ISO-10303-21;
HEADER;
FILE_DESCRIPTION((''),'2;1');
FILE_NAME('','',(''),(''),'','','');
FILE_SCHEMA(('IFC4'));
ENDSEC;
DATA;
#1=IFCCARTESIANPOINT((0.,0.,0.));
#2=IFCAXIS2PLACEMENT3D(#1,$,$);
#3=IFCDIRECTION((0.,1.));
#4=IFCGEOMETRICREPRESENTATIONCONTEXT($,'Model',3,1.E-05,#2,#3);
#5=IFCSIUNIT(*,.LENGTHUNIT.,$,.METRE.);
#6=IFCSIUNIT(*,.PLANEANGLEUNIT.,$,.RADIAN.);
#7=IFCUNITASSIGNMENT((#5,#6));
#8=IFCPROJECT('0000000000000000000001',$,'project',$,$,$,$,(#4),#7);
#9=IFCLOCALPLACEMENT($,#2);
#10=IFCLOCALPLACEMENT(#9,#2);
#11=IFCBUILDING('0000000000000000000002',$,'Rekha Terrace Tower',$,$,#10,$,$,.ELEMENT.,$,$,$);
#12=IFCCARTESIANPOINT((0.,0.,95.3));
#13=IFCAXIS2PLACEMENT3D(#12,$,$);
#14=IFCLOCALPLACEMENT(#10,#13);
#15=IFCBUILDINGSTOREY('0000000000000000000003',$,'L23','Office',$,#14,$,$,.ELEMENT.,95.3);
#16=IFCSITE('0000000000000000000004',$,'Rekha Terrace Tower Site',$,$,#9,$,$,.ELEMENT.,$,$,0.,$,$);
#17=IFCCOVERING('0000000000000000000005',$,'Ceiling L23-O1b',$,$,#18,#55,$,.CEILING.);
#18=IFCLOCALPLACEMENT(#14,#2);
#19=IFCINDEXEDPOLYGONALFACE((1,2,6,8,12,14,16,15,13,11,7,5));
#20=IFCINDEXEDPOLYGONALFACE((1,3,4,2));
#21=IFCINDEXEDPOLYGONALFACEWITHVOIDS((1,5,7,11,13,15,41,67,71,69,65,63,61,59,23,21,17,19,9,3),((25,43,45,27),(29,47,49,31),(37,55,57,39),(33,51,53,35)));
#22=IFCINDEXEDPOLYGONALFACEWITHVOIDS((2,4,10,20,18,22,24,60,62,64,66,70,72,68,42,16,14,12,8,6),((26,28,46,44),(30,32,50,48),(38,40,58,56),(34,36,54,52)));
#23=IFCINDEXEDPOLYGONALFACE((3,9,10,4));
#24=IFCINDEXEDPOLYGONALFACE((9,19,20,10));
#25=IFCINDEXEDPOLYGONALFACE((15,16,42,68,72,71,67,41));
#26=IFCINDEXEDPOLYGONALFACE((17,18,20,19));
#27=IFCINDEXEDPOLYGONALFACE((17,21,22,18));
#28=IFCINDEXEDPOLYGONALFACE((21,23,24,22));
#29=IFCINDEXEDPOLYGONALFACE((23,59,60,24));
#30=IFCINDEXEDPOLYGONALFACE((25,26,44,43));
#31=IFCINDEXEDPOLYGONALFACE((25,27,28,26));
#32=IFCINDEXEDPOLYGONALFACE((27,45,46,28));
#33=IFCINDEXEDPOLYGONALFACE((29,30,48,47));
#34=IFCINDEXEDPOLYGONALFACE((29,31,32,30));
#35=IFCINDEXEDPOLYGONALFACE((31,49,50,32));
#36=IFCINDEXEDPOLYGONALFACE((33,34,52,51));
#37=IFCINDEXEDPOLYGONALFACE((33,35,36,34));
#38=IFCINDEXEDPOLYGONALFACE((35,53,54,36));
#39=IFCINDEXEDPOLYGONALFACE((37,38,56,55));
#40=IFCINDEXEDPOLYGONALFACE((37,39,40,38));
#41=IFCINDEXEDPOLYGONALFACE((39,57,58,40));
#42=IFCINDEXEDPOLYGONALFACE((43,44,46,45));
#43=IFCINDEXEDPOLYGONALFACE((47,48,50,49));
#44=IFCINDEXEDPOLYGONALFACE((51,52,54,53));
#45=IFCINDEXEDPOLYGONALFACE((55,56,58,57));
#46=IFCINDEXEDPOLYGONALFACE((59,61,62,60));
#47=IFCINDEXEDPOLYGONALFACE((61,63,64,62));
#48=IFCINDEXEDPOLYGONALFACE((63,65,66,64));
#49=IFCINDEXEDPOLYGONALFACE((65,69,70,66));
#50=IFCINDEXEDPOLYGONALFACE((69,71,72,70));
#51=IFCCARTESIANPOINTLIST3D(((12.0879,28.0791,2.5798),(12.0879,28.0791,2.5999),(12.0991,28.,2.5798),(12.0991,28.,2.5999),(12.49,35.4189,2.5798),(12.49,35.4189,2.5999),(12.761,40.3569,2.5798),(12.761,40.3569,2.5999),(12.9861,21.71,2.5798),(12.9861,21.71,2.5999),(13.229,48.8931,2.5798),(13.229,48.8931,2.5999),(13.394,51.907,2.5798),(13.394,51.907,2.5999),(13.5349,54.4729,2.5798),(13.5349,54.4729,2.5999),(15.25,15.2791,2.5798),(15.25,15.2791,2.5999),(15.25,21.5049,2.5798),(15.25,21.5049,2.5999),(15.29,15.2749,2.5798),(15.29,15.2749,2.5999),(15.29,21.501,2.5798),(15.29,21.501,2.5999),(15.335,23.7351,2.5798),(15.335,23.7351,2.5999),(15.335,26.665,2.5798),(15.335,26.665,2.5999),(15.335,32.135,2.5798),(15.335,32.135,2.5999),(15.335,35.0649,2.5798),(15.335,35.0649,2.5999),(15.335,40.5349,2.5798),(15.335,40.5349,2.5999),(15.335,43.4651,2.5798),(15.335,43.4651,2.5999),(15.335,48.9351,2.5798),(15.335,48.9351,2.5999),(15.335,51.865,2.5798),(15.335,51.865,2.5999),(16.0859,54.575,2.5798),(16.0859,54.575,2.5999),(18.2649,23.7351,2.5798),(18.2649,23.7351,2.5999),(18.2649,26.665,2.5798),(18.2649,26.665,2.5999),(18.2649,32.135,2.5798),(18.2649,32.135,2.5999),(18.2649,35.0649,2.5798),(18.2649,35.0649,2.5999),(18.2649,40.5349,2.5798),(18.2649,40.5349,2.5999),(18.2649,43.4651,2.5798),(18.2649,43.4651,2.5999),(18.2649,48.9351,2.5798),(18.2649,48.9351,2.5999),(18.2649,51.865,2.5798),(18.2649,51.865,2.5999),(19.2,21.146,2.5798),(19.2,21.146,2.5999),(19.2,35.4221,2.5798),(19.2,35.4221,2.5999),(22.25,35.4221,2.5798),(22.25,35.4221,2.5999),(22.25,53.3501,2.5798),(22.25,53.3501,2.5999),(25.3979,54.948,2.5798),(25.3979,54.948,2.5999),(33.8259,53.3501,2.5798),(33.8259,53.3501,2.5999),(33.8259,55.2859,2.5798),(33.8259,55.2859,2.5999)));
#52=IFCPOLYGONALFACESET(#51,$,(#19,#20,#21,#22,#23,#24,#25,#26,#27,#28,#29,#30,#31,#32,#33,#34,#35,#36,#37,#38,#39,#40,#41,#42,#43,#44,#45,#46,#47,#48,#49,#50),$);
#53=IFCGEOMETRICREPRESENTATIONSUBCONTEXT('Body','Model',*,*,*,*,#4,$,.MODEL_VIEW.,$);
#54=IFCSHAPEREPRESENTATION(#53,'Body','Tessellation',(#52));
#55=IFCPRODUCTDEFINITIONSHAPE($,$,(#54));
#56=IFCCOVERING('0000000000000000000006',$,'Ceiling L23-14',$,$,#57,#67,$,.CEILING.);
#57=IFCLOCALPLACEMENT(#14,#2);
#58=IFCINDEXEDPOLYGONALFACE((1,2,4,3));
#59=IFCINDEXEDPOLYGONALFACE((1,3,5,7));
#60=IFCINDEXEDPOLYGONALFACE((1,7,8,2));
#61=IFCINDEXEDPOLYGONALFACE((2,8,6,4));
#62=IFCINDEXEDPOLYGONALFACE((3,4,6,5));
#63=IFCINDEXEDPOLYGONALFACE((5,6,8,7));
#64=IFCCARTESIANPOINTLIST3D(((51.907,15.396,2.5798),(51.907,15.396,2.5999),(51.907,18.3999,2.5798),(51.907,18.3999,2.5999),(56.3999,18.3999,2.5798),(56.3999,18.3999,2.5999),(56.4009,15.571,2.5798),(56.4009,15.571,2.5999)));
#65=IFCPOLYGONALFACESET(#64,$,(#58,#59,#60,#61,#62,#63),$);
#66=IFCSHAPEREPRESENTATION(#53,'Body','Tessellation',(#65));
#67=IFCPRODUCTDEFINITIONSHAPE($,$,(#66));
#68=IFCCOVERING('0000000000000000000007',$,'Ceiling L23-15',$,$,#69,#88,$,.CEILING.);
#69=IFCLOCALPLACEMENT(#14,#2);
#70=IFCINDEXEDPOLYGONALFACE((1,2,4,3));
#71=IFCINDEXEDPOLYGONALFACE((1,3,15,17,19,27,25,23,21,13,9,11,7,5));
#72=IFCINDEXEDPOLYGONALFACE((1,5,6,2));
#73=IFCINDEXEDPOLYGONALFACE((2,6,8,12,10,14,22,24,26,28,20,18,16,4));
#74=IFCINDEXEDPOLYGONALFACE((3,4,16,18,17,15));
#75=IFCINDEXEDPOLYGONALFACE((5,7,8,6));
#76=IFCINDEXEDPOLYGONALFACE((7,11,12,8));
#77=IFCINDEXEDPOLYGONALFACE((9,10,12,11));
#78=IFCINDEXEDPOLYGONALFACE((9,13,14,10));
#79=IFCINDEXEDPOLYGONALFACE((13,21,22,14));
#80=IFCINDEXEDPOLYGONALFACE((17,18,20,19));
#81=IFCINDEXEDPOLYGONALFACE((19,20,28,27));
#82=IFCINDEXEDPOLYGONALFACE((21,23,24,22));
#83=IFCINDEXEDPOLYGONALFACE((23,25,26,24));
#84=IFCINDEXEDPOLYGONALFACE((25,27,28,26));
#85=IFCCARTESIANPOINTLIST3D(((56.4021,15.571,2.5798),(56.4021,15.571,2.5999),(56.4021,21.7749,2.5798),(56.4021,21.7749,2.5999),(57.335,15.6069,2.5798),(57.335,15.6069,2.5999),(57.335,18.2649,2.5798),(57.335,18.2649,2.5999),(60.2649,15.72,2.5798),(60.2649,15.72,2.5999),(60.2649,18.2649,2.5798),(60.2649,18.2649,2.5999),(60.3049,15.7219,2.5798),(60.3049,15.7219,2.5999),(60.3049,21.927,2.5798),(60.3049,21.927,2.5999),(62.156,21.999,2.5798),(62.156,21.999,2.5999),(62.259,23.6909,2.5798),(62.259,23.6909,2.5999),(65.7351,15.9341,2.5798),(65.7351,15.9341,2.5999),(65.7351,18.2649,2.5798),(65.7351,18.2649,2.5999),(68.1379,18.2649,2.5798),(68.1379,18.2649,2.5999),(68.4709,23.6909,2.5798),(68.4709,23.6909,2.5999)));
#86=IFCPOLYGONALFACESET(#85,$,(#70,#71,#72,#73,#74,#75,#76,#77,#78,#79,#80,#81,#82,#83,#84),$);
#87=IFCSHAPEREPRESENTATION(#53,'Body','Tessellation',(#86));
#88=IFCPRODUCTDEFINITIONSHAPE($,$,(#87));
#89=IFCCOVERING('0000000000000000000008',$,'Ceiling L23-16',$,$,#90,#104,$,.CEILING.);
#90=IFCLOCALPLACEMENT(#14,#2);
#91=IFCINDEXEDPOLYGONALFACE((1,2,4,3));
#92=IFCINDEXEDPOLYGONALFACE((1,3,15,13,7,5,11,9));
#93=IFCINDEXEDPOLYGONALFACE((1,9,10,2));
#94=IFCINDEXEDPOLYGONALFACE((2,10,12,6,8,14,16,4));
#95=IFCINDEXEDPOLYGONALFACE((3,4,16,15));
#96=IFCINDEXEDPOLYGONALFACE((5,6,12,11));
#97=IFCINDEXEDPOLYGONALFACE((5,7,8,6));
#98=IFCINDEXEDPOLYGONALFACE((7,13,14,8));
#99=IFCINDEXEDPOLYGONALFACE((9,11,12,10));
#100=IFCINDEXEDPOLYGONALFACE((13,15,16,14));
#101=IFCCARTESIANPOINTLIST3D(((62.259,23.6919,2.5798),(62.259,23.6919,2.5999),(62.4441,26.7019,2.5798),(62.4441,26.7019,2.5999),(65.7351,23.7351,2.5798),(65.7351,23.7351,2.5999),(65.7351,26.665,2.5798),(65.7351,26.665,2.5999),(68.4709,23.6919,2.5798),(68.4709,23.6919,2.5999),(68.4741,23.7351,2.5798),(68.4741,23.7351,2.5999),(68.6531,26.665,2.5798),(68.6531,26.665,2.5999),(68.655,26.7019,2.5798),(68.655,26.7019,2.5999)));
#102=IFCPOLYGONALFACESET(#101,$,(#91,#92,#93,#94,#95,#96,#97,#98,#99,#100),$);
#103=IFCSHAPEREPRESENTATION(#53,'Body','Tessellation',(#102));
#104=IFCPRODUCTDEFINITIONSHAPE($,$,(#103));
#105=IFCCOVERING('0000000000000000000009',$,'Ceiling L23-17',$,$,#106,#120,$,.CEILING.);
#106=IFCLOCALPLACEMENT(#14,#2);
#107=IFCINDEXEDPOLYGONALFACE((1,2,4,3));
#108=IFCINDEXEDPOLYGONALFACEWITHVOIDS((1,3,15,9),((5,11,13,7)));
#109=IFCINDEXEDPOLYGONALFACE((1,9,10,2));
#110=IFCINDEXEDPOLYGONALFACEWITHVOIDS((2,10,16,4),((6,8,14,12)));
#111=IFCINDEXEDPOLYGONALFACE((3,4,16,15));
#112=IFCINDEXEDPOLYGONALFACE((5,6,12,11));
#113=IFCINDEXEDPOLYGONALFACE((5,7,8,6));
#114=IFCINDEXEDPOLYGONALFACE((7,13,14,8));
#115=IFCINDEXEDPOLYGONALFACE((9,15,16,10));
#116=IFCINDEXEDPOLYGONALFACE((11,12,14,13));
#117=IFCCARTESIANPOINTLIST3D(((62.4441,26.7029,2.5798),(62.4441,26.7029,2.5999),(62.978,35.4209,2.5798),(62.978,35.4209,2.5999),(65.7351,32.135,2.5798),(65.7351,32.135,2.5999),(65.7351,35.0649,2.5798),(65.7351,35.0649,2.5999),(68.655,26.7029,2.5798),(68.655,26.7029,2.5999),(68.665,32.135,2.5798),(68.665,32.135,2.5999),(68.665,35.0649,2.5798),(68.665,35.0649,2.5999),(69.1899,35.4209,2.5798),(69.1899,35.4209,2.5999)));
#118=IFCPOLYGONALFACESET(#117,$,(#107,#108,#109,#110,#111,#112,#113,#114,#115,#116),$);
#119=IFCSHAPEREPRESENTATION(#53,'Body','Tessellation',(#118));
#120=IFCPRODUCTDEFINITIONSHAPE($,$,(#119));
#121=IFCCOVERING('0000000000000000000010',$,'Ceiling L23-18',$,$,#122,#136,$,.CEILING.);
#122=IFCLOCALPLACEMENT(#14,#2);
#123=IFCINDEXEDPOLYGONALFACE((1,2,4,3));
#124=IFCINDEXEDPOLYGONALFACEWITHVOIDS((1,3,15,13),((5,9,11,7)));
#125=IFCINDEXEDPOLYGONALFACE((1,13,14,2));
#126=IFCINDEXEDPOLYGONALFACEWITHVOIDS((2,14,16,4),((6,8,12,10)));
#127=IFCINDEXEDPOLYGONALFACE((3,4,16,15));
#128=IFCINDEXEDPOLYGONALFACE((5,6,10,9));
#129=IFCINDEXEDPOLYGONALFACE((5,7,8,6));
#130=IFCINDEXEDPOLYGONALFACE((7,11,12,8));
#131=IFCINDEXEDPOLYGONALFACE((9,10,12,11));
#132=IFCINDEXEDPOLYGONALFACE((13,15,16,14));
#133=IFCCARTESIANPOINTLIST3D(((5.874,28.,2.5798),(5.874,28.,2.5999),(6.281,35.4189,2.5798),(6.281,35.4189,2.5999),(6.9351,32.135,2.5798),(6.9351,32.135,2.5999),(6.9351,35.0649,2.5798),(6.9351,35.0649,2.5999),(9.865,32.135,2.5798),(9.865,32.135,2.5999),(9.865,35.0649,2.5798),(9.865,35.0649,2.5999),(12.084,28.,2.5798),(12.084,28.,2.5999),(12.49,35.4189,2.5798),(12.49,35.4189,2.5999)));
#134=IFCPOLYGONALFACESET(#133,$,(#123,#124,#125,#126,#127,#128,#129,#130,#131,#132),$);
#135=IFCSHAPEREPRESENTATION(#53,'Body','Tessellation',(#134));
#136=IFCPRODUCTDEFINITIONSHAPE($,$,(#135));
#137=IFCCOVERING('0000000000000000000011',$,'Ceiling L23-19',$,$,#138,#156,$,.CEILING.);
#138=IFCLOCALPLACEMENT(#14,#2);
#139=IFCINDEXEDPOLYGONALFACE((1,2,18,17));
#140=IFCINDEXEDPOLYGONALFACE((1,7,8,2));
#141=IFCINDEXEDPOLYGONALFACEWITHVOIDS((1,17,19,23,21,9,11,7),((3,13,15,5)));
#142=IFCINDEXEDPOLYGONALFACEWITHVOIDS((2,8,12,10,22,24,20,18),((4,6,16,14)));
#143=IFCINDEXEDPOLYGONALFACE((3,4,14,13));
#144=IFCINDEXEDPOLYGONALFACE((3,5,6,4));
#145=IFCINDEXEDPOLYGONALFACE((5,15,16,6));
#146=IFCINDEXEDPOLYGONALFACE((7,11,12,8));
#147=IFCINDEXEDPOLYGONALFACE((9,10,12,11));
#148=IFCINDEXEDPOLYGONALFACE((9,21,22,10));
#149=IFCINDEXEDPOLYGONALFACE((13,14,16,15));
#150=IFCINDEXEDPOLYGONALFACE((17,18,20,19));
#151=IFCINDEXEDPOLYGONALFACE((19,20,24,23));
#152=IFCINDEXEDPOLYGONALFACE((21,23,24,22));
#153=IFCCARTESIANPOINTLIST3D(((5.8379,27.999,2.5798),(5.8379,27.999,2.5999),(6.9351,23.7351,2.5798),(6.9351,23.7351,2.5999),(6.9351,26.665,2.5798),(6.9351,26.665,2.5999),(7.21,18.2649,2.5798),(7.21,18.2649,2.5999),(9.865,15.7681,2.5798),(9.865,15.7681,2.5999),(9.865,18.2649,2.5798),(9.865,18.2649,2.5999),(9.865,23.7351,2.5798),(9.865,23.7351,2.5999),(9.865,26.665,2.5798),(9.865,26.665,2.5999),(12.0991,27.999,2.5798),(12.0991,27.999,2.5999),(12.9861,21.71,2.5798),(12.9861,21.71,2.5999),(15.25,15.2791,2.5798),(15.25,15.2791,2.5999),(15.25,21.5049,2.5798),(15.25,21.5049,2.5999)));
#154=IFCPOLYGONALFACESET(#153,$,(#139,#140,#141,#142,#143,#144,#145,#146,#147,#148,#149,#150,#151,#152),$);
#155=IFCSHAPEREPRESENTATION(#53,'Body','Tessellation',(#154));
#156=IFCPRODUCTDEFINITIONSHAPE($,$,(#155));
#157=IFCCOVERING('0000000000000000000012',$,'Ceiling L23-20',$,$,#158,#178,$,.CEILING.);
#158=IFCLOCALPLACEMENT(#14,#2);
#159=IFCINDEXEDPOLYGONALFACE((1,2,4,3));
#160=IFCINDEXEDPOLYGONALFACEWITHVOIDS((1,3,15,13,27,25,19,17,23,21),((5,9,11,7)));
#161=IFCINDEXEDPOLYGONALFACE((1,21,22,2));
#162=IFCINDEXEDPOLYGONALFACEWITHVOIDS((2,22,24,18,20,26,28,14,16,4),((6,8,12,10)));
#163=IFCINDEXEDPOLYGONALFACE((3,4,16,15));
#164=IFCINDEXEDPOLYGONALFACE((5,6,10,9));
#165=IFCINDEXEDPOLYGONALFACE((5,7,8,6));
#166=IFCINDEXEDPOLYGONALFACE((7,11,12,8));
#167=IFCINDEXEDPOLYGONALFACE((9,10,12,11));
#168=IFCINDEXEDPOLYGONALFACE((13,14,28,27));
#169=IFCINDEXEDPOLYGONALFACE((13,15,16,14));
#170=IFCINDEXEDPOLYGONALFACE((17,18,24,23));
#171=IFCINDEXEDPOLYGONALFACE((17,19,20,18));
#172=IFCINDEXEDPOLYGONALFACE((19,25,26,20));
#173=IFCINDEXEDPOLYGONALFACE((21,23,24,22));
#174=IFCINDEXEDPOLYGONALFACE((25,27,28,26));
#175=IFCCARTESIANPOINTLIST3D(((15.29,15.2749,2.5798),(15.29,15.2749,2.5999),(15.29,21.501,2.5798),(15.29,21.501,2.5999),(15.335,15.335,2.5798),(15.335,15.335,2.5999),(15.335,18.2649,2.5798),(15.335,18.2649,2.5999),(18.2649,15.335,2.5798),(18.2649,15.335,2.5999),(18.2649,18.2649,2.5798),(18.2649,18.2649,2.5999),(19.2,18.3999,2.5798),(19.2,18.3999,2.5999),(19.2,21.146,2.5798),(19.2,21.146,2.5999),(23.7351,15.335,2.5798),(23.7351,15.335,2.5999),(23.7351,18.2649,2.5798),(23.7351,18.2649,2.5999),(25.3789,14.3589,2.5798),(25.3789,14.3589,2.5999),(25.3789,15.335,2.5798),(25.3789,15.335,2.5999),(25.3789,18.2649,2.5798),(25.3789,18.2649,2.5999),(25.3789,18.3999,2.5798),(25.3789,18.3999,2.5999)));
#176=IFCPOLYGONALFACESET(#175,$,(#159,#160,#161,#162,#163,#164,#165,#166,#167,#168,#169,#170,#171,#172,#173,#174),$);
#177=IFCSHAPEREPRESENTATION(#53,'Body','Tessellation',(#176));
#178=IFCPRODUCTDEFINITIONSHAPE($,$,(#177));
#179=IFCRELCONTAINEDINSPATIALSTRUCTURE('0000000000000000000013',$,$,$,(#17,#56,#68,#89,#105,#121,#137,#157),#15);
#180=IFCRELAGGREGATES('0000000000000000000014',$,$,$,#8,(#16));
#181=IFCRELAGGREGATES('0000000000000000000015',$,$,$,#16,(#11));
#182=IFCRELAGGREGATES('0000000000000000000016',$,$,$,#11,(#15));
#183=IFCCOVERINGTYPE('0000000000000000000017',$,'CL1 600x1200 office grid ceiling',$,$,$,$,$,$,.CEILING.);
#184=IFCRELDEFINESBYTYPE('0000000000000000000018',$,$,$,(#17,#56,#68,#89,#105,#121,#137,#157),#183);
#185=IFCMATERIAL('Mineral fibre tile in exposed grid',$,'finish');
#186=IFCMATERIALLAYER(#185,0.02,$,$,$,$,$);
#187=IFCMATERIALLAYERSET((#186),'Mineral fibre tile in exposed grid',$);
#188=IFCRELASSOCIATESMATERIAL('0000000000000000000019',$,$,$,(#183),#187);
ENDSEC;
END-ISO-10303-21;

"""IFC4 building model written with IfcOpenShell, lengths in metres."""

from ifc_helpers import new_model, si_unit, direction, frame, origin, place, context, subcontext, project, spatial, polyline, outline, extrude, material, layer, layer_set, type_object, element, save


model = new_model("IFC4")

# Units and contexts
model_context = context("Model", 3, precision=1e-05, world=origin(), true_north=direction((0.0, 1.0)))
body_context = subcontext(model_context, "Body", "Model", "MODEL_VIEW")
ifc_project = project(units=[si_unit("LENGTHUNIT", "METRE"), si_unit("PLANEANGLEUNIT", "RADIAN")], contexts=[model_context])

# Site, building, storey
site_placement = place(None, origin())
site = spatial("IfcSite", under=ifc_project, at=site_placement, Name="Rekha Terrace Tower Site", CompositionType="ELEMENT", RefElevation=0.0)
building_placement = place(site_placement, origin())
building = spatial("IfcBuilding", under=site, at=building_placement, Name="Rekha Terrace Tower", CompositionType="ELEMENT")
storey_placement = place(building_placement, frame((0.0, 0.0, 95.3)))
storey = spatial("IfcBuildingStorey", under=building, at=storey_placement, Name="L23", Description="Office", CompositionType="ELEMENT", Elevation=95.3)

# Coverings
ifc_material_1 = material(Name="Mineral fibre tile in exposed grid", Category="finish")
ifc_layer_1 = layer(ifc_material_1, 0.02)
ifc_layer_set_1 = layer_set([ifc_layer_1], Name="Mineral fibre tile in exposed grid")
covering_type_1 = type_object("IfcCoveringType", Name="CL1 600x1200 office grid ceiling", PredefinedType="CEILING", material=ifc_layer_set_1)
covering_1_placement = place(storey_placement, frame((0.0, 0.0, 2.5798)))
element("IfcCovering", 1, at=covering_1_placement, inside=storey, type_object=covering_type_1, Name="Ceiling L23-O1b", PredefinedType="CEILING", context=body_context, shape_type="SweptSolid", body=[
    extrude(outline(polyline([(12.0879, 28.0791), (12.0991, 28.0), (12.9861, 21.71), (15.25, 21.5049), (15.25, 15.2791), (15.29, 15.2749), (15.29, 21.501), (19.2, 21.146), (19.2, 35.4221), (22.25, 35.4221), (22.25, 53.3501), (33.8259, 53.3501), (33.8259, 55.2859), (25.3979, 54.948), (16.0859, 54.575), (13.5349, 54.4729), (13.394, 51.907), (13.229, 48.8931), (12.761, 40.3569), (12.49, 35.4189), (12.0879, 28.0791)]), holes=[polyline([(18.2649, 26.665), (18.2649, 23.7351), (15.335, 23.7351), (15.335, 26.665), (18.2649, 26.665)]), polyline([(18.2649, 35.0649), (18.2649, 32.135), (15.335, 32.135), (15.335, 35.0649), (18.2649, 35.0649)]), polyline([(18.2649, 40.5349), (15.335, 40.5349), (15.335, 43.4651), (18.2649, 43.4651), (18.2649, 40.5349)]), polyline([(18.2649, 48.9351), (15.335, 48.9351), (15.335, 51.865), (18.2649, 51.865), (18.2649, 48.9351)])]), origin(), (0.0, 0.0, 1.0), 0.02),
])
covering_2_placement = place(storey_placement, frame((0.0, 0.0, 2.5798)))
element("IfcCovering", 2, at=covering_2_placement, inside=storey, type_object=covering_type_1, Name="Ceiling L23-14", PredefinedType="CEILING", context=body_context, shape_type="SweptSolid", body=[
    extrude(outline(polyline([(51.907, 18.3999), (51.907, 15.396), (56.4009, 15.571), (56.3999, 18.3999), (51.907, 18.3999)])), origin(), (0.0, 0.0, 1.0), 0.02),
])
covering_3_placement = place(storey_placement, frame((0.0, 0.0, 2.5798)))
element("IfcCovering", 3, at=covering_3_placement, inside=storey, type_object=covering_type_1, Name="Ceiling L23-15", PredefinedType="CEILING", context=body_context, shape_type="SweptSolid", body=[
    extrude(outline(polyline([(60.3049, 21.927), (56.4021, 21.7749), (56.4021, 15.571), (57.335, 15.6069), (57.335, 18.2649), (60.2649, 18.2649), (60.2649, 15.72), (60.3049, 15.7219), (65.7351, 15.9341), (65.7351, 18.2649), (68.1379, 18.2649), (68.4709, 23.6909), (62.259, 23.6909), (62.156, 21.999), (60.3049, 21.927)])), origin(), (0.0, 0.0, 1.0), 0.02),
])
covering_4_placement = place(storey_placement, frame((0.0, 0.0, 2.5798)))
element("IfcCovering", 4, at=covering_4_placement, inside=storey, type_object=covering_type_1, Name="Ceiling L23-16", PredefinedType="CEILING", context=body_context, shape_type="SweptSolid", body=[
    extrude(outline(polyline([(65.7351, 26.665), (68.6531, 26.665), (68.655, 26.7019), (62.4441, 26.7019), (62.259, 23.6919), (68.4709, 23.6919), (68.4741, 23.7351), (65.7351, 23.7351), (65.7351, 26.665)])), origin(), (0.0, 0.0, 1.0), 0.02),
])
covering_5_placement = place(storey_placement, frame((0.0, 0.0, 2.5798)))
element("IfcCovering", 5, at=covering_5_placement, inside=storey, type_object=covering_type_1, Name="Ceiling L23-17", PredefinedType="CEILING", context=body_context, shape_type="SweptSolid", body=[
    extrude(outline(polyline([(62.4441, 26.7029), (68.655, 26.7029), (69.1899, 35.4209), (62.978, 35.4209), (62.4441, 26.7029)]), holes=[polyline([(68.665, 35.0649), (68.665, 32.135), (65.7351, 32.135), (65.7351, 35.0649), (68.665, 35.0649)])]), origin(), (0.0, 0.0, 1.0), 0.02),
])
covering_6_placement = place(storey_placement, frame((0.0, 0.0, 2.5798)))
element("IfcCovering", 6, at=covering_6_placement, inside=storey, type_object=covering_type_1, Name="Ceiling L23-18", PredefinedType="CEILING", context=body_context, shape_type="SweptSolid", body=[
    extrude(outline(polyline([(5.874, 28.0), (12.084, 28.0), (12.49, 35.4189), (6.281, 35.4189), (5.874, 28.0)]), holes=[polyline([(9.865, 32.135), (6.9351, 32.135), (6.9351, 35.0649), (9.865, 35.0649), (9.865, 32.135)])]), origin(), (0.0, 0.0, 1.0), 0.02),
])
covering_7_placement = place(storey_placement, frame((0.0, 0.0, 2.5798)))
element("IfcCovering", 7, at=covering_7_placement, inside=storey, type_object=covering_type_1, Name="Ceiling L23-19", PredefinedType="CEILING", context=body_context, shape_type="SweptSolid", body=[
    extrude(outline(polyline([(15.25, 21.5049), (12.9861, 21.71), (12.0991, 27.999), (5.8379, 27.999), (7.21, 18.2649), (9.865, 18.2649), (9.865, 15.7681), (15.25, 15.2791), (15.25, 21.5049)]), holes=[polyline([(9.865, 23.7351), (6.9351, 23.7351), (6.9351, 26.665), (9.865, 26.665), (9.865, 23.7351)])]), origin(), (0.0, 0.0, 1.0), 0.02),
])
covering_8_placement = place(storey_placement, frame((0.0, 0.0, 2.5798)))
element("IfcCovering", 8, at=covering_8_placement, inside=storey, type_object=covering_type_1, Name="Ceiling L23-20", PredefinedType="CEILING", context=body_context, shape_type="SweptSolid", body=[
    extrude(outline(polyline([(19.2, 18.3999), (19.2, 21.146), (15.29, 21.501), (15.29, 15.2749), (25.3789, 14.3589), (25.3789, 15.335), (23.7351, 15.335), (23.7351, 18.2649), (25.3789, 18.2649), (25.3789, 18.3999), (19.2, 18.3999)]), holes=[polyline([(18.2649, 15.335), (15.335, 15.335), (15.335, 18.2649), (18.2649, 18.2649), (18.2649, 15.335)])]), origin(), (0.0, 0.0, 1.0), 0.02),
])

save(model, "model.ifc")
